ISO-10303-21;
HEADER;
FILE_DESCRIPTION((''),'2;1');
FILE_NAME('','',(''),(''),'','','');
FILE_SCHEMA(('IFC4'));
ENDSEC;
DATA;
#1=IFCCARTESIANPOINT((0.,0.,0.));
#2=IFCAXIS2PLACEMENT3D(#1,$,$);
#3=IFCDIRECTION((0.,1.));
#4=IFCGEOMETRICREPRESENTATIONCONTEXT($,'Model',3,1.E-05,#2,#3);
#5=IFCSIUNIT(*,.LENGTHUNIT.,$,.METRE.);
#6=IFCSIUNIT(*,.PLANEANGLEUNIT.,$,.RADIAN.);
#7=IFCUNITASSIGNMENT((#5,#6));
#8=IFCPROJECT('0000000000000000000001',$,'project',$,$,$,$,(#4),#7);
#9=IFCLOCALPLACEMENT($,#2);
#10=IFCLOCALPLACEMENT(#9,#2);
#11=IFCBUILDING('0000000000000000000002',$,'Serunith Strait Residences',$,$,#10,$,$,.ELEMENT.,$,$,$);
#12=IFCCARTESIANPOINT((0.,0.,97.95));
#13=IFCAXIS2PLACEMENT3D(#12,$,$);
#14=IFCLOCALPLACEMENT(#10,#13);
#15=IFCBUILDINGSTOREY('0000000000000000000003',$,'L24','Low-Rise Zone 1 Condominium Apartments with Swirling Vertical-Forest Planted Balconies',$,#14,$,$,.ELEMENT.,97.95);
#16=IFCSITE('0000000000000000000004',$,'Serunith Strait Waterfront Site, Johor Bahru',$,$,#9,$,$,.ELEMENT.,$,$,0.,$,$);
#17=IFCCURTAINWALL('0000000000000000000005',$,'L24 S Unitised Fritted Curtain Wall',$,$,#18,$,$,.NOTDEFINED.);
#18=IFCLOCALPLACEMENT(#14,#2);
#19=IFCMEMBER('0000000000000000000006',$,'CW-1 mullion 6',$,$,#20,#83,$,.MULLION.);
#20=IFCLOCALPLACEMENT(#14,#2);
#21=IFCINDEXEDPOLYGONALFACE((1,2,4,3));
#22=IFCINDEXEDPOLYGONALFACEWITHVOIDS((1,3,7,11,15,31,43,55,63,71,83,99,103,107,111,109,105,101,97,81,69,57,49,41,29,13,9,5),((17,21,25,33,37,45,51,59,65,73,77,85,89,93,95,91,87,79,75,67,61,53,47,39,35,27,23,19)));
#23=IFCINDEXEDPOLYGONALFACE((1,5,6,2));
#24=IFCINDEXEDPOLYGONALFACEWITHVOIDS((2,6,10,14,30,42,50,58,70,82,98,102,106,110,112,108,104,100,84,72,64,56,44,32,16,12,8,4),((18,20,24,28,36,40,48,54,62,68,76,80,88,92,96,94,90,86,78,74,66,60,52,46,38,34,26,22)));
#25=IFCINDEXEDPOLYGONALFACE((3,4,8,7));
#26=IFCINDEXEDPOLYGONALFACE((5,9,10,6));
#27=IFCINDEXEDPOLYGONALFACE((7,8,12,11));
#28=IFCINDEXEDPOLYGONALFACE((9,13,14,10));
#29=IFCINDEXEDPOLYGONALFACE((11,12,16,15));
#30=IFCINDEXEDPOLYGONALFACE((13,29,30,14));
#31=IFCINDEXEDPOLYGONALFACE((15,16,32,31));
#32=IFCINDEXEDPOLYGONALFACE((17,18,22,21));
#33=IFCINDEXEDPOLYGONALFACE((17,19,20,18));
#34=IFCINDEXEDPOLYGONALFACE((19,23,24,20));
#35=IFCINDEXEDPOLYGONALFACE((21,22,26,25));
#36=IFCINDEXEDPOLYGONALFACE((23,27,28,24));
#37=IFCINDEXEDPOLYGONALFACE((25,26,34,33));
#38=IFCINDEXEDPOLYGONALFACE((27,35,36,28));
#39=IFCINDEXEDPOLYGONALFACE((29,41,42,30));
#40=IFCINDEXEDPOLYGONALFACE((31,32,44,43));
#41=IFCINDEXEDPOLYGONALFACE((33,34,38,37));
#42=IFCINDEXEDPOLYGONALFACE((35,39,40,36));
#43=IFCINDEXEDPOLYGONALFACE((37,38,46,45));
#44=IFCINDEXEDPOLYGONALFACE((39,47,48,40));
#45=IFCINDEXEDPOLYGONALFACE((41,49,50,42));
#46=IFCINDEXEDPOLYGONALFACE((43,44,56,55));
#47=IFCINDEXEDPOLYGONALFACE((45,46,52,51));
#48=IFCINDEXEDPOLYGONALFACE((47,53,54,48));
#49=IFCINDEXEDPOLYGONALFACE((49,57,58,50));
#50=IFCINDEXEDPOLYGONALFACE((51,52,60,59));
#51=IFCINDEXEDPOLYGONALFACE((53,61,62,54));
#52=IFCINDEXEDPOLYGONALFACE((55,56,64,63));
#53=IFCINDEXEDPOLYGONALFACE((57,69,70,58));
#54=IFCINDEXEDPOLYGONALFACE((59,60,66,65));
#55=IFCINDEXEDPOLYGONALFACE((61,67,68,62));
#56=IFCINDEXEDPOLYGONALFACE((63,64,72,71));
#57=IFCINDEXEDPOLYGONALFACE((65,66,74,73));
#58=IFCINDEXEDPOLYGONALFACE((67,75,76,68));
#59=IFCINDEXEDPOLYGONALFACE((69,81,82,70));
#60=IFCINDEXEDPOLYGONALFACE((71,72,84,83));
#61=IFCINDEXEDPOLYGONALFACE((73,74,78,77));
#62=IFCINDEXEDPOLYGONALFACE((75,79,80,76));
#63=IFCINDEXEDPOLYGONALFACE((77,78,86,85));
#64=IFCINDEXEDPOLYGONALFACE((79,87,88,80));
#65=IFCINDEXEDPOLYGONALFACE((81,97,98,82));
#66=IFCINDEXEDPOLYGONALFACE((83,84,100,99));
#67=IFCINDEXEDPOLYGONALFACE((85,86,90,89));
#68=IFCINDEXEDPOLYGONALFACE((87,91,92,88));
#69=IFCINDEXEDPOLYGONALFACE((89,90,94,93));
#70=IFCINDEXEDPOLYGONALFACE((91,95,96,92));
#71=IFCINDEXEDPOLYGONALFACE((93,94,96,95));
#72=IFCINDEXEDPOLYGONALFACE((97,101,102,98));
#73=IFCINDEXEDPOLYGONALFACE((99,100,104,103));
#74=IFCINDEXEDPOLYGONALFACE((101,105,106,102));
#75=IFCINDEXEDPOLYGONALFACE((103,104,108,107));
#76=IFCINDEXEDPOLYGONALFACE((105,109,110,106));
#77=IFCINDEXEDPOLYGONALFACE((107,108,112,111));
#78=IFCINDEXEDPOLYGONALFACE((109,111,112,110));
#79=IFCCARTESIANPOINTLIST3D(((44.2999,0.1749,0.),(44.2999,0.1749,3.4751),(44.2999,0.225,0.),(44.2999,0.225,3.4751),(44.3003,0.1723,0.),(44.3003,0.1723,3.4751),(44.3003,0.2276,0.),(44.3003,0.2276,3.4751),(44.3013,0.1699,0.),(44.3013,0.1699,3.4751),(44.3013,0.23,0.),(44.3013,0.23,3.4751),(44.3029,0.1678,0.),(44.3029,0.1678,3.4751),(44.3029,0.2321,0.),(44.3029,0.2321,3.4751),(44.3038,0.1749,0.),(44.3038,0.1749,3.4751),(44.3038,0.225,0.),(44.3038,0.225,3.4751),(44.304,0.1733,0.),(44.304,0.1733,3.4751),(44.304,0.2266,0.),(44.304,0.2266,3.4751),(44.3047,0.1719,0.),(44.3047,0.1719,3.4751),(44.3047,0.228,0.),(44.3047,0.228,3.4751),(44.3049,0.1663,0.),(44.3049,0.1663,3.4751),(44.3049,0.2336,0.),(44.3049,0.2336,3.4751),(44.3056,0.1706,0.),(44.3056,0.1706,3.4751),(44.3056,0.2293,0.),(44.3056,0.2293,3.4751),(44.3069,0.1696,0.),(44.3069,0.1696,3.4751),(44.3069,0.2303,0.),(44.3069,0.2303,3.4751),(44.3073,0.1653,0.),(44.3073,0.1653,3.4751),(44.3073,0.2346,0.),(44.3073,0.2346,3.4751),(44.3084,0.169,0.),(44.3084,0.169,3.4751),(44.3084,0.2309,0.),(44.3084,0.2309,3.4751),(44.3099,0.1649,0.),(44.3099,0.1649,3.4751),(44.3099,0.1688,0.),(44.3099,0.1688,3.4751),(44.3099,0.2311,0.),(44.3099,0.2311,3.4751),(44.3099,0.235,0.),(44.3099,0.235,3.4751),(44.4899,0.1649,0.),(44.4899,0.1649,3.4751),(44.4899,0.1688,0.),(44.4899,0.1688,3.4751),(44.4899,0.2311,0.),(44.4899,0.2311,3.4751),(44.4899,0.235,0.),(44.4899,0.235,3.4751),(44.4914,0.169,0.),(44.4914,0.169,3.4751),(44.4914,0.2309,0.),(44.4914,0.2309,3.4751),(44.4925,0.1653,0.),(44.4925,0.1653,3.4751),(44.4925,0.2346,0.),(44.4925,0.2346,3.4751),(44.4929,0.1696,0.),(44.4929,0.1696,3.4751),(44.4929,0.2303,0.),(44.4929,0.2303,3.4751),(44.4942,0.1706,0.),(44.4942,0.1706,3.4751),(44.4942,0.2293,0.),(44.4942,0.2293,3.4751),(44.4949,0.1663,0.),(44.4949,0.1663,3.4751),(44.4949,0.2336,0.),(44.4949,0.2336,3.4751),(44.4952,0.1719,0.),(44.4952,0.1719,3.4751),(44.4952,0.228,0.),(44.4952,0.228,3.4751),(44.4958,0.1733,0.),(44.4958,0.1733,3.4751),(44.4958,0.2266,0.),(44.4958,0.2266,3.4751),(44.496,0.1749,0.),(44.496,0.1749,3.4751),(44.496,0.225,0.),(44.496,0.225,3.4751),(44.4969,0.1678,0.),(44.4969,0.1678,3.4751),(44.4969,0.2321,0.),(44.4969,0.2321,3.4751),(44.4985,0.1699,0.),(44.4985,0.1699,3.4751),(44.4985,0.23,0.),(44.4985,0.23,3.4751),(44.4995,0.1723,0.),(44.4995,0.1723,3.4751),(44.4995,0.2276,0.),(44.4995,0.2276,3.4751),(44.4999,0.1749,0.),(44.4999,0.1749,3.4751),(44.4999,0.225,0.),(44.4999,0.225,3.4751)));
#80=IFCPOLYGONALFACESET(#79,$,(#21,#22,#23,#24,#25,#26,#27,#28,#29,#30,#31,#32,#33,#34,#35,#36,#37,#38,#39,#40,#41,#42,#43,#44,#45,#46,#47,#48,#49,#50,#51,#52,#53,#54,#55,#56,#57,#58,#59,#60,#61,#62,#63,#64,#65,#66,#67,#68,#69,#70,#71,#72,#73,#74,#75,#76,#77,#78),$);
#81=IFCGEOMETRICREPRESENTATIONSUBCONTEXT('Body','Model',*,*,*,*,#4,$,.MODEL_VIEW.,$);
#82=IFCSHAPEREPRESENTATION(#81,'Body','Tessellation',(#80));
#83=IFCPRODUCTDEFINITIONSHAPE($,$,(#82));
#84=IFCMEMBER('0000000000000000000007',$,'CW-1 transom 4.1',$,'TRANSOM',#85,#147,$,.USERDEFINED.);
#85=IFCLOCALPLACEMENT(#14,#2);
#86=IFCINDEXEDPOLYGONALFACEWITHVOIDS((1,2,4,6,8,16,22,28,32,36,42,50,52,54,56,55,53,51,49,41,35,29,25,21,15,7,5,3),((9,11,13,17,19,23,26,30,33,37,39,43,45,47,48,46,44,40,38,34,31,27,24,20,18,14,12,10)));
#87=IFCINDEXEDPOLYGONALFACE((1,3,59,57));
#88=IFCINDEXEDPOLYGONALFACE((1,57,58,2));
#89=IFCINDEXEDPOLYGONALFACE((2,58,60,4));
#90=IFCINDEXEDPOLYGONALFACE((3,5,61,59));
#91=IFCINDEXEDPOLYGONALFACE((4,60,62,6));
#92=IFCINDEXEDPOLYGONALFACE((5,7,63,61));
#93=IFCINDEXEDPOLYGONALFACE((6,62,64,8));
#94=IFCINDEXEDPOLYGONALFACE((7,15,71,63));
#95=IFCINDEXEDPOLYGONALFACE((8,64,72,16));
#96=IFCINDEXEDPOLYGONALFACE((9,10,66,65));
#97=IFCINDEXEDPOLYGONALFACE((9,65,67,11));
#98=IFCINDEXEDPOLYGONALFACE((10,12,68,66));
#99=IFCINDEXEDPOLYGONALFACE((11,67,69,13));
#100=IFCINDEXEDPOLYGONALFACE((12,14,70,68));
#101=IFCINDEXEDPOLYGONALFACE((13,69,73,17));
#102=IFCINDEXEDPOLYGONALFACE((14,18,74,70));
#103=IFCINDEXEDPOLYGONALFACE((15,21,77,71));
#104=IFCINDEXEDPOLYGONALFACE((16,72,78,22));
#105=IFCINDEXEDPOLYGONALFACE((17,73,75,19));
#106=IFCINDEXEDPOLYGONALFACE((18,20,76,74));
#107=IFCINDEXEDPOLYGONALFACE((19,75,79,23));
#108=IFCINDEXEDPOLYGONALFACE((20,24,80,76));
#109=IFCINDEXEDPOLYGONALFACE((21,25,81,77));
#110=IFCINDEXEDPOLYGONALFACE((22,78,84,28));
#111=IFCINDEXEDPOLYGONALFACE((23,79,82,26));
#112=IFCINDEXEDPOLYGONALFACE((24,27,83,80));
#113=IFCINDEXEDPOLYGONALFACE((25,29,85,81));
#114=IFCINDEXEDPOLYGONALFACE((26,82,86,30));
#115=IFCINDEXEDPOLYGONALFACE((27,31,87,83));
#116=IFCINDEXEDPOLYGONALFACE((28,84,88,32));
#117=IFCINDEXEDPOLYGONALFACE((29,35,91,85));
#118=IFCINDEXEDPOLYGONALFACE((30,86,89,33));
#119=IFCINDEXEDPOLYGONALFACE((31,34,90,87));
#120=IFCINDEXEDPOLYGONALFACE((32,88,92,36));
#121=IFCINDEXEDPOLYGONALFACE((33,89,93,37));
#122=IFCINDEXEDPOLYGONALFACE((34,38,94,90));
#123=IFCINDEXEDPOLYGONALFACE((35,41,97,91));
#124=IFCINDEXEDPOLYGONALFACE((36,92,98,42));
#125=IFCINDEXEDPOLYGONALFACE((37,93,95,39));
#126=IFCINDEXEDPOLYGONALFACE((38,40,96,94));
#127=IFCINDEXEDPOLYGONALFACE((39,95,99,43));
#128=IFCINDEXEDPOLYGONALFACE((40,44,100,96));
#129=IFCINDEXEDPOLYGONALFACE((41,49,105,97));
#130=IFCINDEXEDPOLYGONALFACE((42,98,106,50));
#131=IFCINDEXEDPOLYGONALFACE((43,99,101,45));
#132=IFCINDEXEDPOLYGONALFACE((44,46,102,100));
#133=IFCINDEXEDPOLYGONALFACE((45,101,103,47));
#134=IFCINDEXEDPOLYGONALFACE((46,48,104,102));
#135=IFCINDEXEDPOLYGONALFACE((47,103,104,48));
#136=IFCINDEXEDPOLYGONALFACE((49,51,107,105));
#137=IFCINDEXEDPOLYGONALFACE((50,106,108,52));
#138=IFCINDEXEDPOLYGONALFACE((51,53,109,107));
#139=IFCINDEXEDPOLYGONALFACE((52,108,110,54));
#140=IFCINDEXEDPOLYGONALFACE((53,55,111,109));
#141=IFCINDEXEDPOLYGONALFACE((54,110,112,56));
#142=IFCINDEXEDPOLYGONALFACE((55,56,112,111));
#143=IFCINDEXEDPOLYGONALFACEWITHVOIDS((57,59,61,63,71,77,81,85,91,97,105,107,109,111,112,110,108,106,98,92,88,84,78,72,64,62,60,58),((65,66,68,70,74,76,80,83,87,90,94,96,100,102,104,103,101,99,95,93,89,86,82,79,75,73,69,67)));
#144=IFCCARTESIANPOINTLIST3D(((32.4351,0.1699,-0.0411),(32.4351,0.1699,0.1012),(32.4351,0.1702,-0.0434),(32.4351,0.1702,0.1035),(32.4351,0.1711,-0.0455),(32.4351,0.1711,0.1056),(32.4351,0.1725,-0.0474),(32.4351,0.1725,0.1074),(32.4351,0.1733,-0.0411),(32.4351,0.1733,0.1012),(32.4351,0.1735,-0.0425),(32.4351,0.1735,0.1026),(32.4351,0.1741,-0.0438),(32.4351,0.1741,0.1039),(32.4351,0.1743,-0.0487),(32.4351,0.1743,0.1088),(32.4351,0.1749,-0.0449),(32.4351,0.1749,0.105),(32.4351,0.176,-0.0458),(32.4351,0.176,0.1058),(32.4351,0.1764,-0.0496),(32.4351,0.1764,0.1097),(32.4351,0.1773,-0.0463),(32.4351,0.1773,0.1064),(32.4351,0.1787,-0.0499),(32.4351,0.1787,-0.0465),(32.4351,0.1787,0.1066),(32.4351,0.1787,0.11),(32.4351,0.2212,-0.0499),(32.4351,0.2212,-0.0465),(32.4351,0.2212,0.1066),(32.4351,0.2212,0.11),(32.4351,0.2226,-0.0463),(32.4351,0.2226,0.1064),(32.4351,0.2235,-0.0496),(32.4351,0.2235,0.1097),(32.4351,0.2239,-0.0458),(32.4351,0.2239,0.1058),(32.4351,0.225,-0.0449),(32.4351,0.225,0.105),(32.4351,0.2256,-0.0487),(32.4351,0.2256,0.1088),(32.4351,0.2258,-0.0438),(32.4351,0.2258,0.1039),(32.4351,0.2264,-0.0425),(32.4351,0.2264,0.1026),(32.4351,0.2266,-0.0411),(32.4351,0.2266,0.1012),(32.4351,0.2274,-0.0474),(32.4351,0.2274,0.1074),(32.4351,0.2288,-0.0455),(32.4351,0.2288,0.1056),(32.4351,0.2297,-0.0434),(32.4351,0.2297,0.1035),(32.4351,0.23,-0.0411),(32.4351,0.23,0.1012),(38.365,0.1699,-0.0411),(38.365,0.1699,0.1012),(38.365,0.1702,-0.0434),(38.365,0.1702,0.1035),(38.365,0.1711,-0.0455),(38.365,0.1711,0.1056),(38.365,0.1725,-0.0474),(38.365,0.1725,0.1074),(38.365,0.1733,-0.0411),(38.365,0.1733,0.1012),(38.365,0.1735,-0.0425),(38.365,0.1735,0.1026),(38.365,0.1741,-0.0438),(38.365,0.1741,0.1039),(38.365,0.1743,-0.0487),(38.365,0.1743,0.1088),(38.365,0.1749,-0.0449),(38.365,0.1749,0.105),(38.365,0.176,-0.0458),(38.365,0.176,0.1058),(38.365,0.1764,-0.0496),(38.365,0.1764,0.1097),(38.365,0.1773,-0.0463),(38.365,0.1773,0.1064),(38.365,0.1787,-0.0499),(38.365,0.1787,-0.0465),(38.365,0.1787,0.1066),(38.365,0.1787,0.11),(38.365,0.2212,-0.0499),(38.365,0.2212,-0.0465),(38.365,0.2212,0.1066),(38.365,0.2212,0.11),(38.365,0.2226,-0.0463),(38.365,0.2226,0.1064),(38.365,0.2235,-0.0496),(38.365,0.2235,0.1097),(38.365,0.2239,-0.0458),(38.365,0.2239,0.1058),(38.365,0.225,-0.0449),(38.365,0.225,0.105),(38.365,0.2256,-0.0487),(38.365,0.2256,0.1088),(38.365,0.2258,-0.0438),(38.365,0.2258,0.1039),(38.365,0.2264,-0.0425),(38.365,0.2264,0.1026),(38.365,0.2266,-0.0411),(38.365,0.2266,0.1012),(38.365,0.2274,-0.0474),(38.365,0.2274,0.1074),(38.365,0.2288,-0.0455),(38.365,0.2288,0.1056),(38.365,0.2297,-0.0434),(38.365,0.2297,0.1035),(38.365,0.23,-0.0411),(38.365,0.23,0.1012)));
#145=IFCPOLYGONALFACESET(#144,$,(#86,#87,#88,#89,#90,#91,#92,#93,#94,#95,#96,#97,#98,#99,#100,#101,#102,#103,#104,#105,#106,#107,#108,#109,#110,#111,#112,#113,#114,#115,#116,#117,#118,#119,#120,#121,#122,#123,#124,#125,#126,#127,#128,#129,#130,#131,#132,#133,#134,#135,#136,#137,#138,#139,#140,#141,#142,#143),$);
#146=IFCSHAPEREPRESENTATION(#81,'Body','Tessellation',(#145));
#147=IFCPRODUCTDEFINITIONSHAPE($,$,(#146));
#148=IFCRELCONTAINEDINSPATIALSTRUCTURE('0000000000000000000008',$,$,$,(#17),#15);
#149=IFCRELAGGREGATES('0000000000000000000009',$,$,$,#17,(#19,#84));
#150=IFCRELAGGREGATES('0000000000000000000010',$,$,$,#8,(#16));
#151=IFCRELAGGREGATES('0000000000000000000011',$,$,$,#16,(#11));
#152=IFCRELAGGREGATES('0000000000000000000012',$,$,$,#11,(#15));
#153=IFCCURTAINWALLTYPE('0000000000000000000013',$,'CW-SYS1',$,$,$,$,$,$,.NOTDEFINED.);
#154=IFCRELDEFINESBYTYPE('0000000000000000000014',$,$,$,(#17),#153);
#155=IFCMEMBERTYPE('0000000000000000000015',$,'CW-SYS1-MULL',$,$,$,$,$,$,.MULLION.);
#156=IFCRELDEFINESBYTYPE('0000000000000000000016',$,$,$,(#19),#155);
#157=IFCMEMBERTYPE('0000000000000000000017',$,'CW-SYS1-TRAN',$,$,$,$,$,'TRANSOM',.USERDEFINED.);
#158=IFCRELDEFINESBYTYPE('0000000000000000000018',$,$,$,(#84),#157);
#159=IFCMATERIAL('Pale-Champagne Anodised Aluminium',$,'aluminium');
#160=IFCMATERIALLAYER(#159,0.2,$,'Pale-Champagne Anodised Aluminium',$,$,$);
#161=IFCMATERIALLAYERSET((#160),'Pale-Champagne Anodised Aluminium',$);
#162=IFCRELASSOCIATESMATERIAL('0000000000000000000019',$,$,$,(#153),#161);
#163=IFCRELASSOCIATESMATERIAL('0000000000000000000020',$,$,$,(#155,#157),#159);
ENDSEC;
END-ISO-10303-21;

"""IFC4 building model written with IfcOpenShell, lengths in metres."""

from ifc_helpers import new_model, si_unit, direction, frame, origin, origin_2d, place, context, subcontext, project, spatial, hollow_rectangle, extrude, source, transform, mapped, material, layer, layer_set, material_profile, profile_set, type_object, element, aggregate, save


model = new_model("IFC4")

# Units and contexts
model_context = context("Model", 3, precision=1e-05, world=origin(), true_north=direction((0.0, 1.0)))
body_context = subcontext(model_context, "Body", "Model", "MODEL_VIEW")
ifc_project = project(units=[si_unit("LENGTHUNIT", "METRE"), si_unit("PLANEANGLEUNIT", "RADIAN")], contexts=[model_context])

# Site, building, storey
site_placement = place(None, origin())
site = spatial("IfcSite", under=ifc_project, at=site_placement, Name="Serunith Strait Waterfront Site, Johor Bahru", CompositionType="ELEMENT", RefElevation=0.0)
building_placement = place(site_placement, origin())
building = spatial("IfcBuilding", under=site, at=building_placement, Name="Serunith Strait Residences", CompositionType="ELEMENT")
storey_placement = place(building_placement, frame((0.0, 0.0, 97.95)))
storey = spatial("IfcBuildingStorey", under=building, at=storey_placement, Name="L24", Description="Low-Rise Zone 1 Condominium Apartments with Swirling Vertical-Forest Planted Balconies", CompositionType="ELEMENT", Elevation=97.95)

# Curtain wall, members
ifc_material_1 = material(Name="Pale-Champagne Anodised Aluminium", Category="aluminium")
ifc_layer_1 = layer(ifc_material_1, 0.2, Name="Pale-Champagne Anodised Aluminium")
ifc_layer_set_1 = layer_set([ifc_layer_1], Name="Pale-Champagne Anodised Aluminium")
curtain_wall_type = type_object("IfcCurtainWallType", Name="CW-SYS1", PredefinedType="NOTDEFINED", material=ifc_layer_set_1)
curtain_wall_placement = place(storey_placement, origin())
curtain_wall = element("IfcCurtainWall", 1, at=curtain_wall_placement, inside=storey, type_object=curtain_wall_type, Name="L24 S Unitised Fritted Curtain Wall", PredefinedType="NOTDEFINED")
ifc_material_profile_1 = material_profile(ifc_material_1, hollow_rectangle(XDim=0.0701, YDim=0.2, WallThickness=0.0039, InnerFilletRadius=0.0061, OuterFilletRadius=0.01, at=origin_2d()), Name="ALU 200x70x4")
ifc_profile_set_1 = profile_set([ifc_material_profile_1], Name="Pale-Champagne Anodised Aluminium")
member_type_1 = type_object("IfcMemberType", Name="CW-SYS1-MULL", PredefinedType="MULLION", material=ifc_profile_set_1)
shared_shape_1 = source(origin(), body_context, "Body", "SweptSolid", [
    extrude(hollow_rectangle(XDim=0.0701, YDim=0.2, WallThickness=0.0039, InnerFilletRadius=0.0061, OuterFilletRadius=0.01, at=origin_2d()), origin(), (0.0, 0.0, 1.0), 3.4751),
])
member_1_placement = place(storey_placement, frame((44.3999, 0.2, 0.0), z_axis=(0.0, 0.0, 1.0), x_axis=(0.0, 1.0, 0.0)))
member_1 = element("IfcMember", 2, at=member_1_placement, type_object=member_type_1, Name="CW-1 mullion 6", PredefinedType="MULLION", context=body_context, shape_type="MappedRepresentation", body=[
    mapped(shared_shape_1, transform((0.0, 0.0, 0.0), scale=1.0)),
])
ifc_material_profile_2 = material_profile(ifc_material_1, hollow_rectangle(XDim=0.0601, YDim=0.1599, WallThickness=0.0034, InnerFilletRadius=0.0054, OuterFilletRadius=0.0088, at=origin_2d()), Name="ALU 160x60x3.5")
ifc_profile_set_2 = profile_set([ifc_material_profile_2], Name="Pale-Champagne Anodised Aluminium")
member_type_2 = type_object("IfcMemberType", Name="CW-SYS1-TRAN", ElementType="TRANSOM", PredefinedType="USERDEFINED", material=ifc_profile_set_2)
shared_shape_2 = source(origin(), body_context, "Body", "SweptSolid", [
    extrude(hollow_rectangle(XDim=0.0601, YDim=0.1599, WallThickness=0.0034, InnerFilletRadius=0.0054, OuterFilletRadius=0.0088, at=origin_2d()), origin(), (0.0, 0.0, 1.0), 5.9299),
])
member_2_placement = place(storey_placement, frame((32.4351, 0.2, 0.03), z_axis=(1.0, 0.0, 0.0), x_axis=(0.0, 1.0, 0.0)))
member_2 = element("IfcMember", 3, at=member_2_placement, type_object=member_type_2, Name="CW-1 transom 4.1", ObjectType="TRANSOM", PredefinedType="USERDEFINED", context=body_context, shape_type="MappedRepresentation", body=[
    mapped(shared_shape_2, transform((0.0, 0.0, 0.0), scale=1.0)),
])
aggregate(curtain_wall, [member_1, member_2])

save(model, "model.ifc")
